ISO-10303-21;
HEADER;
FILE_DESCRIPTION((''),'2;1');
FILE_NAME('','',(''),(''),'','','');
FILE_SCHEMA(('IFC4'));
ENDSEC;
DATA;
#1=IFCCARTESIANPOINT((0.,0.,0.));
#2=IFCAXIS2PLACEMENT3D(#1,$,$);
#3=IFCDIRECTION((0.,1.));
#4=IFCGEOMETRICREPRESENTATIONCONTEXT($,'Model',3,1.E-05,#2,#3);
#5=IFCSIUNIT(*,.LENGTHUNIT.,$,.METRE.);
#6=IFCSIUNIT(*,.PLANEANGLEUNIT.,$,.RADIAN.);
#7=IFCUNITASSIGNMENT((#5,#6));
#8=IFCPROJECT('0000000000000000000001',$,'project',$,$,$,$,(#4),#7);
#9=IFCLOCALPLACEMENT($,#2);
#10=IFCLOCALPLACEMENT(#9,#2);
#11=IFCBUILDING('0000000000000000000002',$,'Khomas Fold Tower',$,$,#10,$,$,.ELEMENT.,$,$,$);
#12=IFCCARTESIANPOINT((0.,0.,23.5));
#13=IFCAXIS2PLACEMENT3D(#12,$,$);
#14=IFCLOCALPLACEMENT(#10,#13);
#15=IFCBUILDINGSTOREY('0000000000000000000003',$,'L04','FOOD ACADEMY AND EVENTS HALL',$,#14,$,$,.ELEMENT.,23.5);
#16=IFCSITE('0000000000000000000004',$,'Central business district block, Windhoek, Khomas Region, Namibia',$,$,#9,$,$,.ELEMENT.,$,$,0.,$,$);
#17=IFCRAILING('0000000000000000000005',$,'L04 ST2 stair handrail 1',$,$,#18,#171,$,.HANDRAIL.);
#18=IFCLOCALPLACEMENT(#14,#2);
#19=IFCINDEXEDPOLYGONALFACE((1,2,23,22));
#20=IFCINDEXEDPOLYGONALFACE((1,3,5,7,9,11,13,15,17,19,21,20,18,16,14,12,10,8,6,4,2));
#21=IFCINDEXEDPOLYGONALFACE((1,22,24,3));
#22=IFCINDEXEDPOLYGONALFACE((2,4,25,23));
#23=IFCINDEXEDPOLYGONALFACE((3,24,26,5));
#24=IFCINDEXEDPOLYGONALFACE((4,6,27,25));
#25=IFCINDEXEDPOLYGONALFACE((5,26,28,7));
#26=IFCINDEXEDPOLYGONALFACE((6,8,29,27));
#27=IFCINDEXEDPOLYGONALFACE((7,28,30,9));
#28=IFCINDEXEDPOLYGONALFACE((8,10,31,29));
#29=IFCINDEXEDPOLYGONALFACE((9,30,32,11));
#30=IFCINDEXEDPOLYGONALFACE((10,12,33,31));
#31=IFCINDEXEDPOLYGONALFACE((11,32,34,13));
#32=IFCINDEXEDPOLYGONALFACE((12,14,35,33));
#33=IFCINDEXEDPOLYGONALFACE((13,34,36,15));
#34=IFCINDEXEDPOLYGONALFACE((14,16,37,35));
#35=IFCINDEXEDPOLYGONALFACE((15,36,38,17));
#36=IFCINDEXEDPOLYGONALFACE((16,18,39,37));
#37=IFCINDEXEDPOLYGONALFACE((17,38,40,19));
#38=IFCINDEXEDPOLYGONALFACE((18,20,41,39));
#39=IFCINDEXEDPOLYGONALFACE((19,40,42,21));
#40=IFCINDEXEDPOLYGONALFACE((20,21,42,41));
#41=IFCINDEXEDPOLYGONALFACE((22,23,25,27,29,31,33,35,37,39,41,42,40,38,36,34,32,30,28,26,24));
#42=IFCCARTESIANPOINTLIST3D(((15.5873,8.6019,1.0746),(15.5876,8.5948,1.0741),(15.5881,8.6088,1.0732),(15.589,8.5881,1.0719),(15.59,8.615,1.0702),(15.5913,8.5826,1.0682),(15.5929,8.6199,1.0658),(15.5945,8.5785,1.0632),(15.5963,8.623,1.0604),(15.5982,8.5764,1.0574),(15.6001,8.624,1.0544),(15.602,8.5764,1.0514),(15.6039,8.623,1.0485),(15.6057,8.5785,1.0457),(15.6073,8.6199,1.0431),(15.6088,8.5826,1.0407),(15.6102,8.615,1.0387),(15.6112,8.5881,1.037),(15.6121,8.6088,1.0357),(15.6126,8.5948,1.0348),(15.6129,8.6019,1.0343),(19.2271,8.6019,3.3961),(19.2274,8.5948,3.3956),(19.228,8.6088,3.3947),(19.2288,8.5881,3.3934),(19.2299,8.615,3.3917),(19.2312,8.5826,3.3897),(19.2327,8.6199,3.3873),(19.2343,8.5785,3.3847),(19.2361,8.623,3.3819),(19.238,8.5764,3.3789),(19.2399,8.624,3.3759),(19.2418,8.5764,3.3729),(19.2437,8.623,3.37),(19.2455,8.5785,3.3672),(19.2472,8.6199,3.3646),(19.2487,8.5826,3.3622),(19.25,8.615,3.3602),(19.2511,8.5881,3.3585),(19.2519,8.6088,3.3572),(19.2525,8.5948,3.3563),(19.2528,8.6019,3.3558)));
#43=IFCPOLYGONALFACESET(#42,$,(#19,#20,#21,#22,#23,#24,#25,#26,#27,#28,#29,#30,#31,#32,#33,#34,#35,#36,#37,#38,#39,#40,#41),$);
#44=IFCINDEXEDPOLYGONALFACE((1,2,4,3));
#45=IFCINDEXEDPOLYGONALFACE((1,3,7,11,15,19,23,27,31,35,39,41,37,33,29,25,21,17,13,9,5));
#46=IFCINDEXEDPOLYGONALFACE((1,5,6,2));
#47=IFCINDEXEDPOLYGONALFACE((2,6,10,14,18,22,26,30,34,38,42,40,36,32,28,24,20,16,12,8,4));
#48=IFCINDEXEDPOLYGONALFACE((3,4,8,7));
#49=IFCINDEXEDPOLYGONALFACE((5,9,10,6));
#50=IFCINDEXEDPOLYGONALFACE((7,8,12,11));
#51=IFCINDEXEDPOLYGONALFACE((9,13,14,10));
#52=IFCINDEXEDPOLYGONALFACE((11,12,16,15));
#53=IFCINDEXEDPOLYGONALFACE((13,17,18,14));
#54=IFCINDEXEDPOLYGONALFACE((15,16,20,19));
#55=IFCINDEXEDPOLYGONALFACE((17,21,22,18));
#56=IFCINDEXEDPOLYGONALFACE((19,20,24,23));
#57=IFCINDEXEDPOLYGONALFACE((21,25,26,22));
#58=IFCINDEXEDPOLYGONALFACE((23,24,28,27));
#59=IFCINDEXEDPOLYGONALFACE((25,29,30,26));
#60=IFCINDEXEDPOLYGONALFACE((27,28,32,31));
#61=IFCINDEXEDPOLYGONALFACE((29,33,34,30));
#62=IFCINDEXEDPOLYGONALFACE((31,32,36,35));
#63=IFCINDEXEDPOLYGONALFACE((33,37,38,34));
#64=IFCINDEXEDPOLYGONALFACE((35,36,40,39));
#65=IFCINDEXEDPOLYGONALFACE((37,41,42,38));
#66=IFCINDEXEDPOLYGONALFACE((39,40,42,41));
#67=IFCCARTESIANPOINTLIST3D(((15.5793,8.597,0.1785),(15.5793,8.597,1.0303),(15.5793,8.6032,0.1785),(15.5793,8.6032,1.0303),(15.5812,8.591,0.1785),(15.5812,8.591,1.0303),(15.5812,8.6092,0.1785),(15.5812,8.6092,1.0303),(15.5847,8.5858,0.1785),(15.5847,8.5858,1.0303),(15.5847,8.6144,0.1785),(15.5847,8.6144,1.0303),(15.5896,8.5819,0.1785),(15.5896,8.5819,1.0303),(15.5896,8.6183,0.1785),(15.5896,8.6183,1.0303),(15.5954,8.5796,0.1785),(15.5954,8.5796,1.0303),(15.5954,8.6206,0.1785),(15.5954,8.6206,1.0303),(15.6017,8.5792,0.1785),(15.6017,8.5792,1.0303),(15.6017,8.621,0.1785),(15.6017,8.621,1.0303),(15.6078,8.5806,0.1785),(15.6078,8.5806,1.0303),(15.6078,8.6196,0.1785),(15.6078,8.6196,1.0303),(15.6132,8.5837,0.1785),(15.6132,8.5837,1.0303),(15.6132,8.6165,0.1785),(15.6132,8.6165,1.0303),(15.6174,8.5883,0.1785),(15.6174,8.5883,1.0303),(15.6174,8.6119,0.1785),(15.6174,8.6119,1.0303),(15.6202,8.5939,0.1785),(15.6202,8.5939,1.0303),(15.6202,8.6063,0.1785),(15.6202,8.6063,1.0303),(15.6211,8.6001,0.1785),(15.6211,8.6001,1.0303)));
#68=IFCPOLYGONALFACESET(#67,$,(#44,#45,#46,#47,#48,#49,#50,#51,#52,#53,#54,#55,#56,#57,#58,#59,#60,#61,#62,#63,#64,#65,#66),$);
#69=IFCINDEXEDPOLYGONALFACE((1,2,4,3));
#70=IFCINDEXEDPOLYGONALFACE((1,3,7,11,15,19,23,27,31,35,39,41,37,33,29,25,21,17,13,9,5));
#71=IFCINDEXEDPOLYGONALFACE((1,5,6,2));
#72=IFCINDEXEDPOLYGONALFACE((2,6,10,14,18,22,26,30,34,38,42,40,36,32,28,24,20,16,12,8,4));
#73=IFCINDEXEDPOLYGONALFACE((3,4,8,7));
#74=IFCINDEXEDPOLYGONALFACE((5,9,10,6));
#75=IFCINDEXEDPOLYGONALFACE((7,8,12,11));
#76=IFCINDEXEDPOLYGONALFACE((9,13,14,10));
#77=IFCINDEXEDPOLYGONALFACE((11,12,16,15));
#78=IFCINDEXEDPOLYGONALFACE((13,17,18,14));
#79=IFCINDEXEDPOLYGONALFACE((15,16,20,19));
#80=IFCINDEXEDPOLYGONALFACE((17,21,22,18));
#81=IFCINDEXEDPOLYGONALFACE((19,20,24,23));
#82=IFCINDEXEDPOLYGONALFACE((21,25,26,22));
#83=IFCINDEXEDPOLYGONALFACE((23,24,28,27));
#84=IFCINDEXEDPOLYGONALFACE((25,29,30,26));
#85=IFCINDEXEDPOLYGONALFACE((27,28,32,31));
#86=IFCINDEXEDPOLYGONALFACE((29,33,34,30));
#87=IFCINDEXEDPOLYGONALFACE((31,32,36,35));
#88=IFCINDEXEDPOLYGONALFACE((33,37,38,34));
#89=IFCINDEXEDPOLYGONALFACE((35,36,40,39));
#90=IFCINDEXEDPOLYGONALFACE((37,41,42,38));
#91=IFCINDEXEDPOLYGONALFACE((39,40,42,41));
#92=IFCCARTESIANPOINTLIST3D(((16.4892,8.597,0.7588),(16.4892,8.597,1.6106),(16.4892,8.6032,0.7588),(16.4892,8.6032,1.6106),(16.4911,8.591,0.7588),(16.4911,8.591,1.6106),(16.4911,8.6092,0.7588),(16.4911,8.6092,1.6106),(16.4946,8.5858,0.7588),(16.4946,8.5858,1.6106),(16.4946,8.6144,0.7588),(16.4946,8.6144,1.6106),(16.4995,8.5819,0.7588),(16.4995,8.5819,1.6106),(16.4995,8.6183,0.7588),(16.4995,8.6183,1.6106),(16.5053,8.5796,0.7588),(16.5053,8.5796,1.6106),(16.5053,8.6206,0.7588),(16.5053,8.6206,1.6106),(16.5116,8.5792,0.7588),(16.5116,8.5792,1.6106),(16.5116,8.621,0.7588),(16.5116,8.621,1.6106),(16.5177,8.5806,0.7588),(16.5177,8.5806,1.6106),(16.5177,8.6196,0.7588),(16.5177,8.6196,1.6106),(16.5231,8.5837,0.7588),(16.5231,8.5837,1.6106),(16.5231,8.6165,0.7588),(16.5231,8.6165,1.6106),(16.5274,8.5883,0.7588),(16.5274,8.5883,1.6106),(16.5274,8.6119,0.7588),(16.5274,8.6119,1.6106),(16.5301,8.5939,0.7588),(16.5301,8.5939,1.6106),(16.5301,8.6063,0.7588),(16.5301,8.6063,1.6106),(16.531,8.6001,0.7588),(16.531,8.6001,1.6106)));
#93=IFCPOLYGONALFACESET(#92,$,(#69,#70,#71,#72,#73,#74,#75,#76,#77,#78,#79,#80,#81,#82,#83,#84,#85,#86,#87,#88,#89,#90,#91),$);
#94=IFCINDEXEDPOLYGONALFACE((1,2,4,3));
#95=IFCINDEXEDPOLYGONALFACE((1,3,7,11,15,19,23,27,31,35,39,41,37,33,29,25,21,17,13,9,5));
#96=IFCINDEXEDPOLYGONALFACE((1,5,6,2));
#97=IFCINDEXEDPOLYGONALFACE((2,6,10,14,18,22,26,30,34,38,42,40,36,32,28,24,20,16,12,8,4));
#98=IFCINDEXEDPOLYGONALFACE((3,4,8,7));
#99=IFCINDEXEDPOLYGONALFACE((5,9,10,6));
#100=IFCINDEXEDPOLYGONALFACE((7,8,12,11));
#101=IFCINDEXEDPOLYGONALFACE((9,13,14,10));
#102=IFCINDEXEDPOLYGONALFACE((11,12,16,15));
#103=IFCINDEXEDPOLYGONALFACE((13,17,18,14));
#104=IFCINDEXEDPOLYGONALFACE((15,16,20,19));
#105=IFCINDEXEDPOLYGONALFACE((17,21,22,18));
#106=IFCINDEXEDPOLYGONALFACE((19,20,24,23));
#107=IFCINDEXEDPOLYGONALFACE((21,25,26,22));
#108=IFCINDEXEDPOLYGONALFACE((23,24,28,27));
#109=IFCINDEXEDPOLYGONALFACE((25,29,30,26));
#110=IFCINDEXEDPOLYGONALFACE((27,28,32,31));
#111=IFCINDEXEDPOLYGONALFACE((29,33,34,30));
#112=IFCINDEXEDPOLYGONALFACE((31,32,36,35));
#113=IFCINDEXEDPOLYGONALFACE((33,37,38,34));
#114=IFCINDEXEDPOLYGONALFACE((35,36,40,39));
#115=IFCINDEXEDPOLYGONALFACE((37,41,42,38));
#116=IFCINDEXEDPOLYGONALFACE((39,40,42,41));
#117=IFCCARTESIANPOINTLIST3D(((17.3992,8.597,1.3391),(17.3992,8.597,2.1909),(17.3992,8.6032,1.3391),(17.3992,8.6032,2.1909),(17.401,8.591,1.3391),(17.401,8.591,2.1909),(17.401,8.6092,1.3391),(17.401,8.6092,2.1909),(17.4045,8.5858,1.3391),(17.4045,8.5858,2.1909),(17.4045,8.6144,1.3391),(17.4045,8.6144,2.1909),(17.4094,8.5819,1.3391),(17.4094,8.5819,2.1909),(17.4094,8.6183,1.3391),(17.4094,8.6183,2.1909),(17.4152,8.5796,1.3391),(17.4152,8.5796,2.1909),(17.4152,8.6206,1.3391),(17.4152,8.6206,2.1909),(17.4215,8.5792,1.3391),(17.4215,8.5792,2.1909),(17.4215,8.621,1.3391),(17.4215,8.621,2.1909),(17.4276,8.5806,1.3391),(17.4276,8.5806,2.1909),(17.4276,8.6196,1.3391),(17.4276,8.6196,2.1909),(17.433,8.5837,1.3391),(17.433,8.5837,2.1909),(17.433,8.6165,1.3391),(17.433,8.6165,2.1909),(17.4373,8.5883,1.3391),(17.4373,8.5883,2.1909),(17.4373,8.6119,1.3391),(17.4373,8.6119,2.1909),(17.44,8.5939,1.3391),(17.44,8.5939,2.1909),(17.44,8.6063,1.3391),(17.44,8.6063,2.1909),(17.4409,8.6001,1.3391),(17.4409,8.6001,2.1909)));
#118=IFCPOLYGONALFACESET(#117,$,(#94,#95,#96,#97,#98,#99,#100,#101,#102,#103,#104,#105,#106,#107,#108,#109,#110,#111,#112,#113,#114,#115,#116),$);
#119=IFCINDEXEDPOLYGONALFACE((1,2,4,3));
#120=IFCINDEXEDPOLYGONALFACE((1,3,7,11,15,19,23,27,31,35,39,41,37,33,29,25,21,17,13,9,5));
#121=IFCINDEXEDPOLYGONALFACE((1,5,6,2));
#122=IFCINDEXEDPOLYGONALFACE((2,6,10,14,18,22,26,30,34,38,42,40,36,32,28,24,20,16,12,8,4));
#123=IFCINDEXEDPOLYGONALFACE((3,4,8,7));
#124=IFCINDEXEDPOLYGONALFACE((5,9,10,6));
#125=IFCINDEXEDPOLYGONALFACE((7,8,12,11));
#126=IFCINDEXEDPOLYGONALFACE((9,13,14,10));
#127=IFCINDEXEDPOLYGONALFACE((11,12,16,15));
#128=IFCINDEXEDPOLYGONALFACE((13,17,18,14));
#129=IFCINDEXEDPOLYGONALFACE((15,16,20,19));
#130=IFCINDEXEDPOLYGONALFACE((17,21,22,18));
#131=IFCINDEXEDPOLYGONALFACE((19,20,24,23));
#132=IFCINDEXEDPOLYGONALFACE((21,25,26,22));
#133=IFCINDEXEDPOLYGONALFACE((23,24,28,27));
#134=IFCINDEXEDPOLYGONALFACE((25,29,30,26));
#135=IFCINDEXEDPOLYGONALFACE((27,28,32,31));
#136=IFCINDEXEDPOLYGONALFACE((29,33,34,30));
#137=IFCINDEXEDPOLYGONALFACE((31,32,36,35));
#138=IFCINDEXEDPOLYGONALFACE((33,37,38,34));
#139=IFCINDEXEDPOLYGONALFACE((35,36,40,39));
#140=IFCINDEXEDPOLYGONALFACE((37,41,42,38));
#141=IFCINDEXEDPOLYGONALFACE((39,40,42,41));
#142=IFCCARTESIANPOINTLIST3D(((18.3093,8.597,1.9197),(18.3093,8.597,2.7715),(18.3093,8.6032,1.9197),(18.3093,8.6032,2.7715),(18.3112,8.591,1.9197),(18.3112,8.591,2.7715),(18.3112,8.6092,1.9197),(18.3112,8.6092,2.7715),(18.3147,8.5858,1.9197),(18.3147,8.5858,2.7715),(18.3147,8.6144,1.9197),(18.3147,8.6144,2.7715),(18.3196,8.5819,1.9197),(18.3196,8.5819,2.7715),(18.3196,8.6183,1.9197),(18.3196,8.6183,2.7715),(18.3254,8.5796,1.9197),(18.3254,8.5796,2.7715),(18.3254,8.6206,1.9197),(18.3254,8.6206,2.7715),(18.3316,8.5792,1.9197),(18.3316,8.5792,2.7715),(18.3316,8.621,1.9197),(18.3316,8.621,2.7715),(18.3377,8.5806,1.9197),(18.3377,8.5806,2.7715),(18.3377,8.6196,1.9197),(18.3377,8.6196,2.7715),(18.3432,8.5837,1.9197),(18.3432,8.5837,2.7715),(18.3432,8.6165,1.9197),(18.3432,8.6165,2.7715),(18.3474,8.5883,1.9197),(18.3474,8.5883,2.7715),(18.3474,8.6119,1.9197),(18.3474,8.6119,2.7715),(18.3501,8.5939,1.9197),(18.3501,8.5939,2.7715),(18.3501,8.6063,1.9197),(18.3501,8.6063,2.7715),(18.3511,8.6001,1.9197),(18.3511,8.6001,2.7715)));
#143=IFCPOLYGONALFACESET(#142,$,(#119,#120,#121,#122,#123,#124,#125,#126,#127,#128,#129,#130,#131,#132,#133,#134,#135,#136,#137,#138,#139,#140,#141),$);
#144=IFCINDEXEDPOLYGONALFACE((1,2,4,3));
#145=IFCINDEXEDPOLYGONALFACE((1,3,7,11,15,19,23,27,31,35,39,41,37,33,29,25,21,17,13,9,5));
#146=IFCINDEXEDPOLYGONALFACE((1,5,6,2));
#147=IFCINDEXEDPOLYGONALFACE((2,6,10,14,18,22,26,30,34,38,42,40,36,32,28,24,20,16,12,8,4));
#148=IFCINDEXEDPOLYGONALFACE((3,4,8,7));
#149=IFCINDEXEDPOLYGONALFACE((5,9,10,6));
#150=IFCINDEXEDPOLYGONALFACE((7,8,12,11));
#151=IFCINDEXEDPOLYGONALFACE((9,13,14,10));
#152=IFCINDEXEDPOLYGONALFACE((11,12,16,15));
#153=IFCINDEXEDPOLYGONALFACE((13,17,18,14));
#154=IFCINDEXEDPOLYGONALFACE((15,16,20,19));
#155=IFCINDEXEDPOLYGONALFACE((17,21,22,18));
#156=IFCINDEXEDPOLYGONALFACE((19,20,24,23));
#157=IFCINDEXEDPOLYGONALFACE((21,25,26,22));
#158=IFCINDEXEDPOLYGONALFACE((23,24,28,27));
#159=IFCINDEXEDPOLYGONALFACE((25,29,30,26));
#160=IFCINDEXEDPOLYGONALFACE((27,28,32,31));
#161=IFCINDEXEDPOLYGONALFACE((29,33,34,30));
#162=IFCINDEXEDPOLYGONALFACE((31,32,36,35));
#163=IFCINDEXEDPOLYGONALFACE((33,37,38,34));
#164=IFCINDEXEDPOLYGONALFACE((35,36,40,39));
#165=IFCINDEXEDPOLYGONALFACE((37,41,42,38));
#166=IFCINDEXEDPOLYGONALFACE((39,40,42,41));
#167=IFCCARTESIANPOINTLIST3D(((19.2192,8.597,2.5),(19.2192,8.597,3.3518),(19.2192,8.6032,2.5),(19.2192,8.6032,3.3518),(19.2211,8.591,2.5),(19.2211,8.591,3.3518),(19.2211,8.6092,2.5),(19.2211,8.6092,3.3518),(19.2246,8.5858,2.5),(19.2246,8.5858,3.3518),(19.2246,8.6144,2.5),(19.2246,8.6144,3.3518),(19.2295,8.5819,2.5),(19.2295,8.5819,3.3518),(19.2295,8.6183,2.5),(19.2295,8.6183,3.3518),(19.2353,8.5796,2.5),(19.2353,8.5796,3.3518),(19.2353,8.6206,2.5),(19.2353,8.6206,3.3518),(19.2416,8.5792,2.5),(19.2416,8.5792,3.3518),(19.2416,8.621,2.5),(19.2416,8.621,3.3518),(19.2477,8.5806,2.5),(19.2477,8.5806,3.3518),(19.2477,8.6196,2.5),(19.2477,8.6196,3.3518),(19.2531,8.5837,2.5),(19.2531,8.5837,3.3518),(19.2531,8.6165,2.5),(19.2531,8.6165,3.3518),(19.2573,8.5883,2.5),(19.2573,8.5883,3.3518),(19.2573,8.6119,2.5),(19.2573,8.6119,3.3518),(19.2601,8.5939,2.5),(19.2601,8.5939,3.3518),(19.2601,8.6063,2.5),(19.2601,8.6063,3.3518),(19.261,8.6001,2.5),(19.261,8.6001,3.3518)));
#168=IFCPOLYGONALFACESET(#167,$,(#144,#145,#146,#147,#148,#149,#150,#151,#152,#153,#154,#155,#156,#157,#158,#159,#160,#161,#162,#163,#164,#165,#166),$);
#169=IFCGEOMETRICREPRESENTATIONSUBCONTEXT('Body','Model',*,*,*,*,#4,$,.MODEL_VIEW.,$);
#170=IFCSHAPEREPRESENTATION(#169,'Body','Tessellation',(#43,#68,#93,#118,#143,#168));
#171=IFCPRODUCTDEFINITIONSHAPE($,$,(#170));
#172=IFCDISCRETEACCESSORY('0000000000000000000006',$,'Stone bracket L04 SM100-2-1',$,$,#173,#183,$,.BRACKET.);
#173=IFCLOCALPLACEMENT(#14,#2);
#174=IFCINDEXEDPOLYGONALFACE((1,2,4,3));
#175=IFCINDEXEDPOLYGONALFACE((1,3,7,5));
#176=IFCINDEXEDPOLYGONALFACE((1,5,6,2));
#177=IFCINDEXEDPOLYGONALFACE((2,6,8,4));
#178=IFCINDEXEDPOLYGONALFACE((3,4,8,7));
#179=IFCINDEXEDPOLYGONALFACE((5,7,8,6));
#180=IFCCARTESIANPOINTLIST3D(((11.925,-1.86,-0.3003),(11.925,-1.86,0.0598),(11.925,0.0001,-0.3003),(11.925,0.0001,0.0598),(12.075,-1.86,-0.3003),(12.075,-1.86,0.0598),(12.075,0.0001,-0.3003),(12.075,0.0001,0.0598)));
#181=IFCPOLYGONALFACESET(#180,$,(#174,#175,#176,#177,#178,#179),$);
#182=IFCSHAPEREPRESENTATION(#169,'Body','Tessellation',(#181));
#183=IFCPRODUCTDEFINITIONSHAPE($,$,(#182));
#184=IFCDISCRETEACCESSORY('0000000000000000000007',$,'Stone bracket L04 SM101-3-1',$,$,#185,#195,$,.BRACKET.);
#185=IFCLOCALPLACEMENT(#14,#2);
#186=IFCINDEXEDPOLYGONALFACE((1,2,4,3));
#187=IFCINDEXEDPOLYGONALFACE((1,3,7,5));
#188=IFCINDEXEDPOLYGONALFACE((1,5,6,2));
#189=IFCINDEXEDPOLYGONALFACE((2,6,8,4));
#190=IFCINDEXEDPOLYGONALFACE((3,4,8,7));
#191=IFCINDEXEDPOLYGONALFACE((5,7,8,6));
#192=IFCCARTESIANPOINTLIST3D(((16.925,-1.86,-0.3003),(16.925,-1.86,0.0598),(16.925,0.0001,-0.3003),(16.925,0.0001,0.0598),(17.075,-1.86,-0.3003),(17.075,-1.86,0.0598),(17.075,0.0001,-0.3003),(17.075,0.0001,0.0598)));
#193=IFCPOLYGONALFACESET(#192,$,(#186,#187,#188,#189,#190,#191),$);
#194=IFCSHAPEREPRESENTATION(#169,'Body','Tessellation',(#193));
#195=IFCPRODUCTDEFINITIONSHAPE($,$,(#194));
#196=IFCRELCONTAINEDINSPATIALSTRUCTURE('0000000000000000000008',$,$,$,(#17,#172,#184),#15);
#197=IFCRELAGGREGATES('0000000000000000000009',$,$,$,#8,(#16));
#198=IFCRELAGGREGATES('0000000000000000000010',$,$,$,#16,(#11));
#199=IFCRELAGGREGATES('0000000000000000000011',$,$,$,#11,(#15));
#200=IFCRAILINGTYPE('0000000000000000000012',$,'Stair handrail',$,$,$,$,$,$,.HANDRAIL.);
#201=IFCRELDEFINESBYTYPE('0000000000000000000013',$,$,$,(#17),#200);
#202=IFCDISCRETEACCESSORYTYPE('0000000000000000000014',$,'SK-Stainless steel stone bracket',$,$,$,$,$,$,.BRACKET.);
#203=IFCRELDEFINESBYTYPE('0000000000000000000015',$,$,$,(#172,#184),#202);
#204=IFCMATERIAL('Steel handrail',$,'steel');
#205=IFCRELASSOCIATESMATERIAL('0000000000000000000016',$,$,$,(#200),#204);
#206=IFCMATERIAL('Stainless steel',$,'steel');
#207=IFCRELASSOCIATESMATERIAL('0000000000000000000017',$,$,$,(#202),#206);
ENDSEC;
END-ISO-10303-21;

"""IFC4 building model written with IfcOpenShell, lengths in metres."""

from ifc_helpers import new_model, si_unit, direction, frame, origin, origin_2d, place, context, subcontext, project, spatial, rectangle, circle, extrude, source, transform, mapped, material, type_object, element, save


model = new_model("IFC4")

# Units and contexts
model_context = context("Model", 3, precision=1e-05, world=origin(), true_north=direction((0.0, 1.0)))
body_context = subcontext(model_context, "Body", "Model", "MODEL_VIEW")
ifc_project = project(units=[si_unit("LENGTHUNIT", "METRE"), si_unit("PLANEANGLEUNIT", "RADIAN")], contexts=[model_context])

# Site, building, storey
site_placement = place(None, origin())
site = spatial("IfcSite", under=ifc_project, at=site_placement, Name="Central business district block, Windhoek, Khomas Region, Namibia", CompositionType="ELEMENT", RefElevation=0.0)
building_placement = place(site_placement, origin())
building = spatial("IfcBuilding", under=site, at=building_placement, Name="Khomas Fold Tower", CompositionType="ELEMENT")
storey_placement = place(building_placement, frame((0.0, 0.0, 23.5)))
storey = spatial("IfcBuildingStorey", under=building, at=storey_placement, Name="L04", Description="FOOD ACADEMY AND EVENTS HALL", CompositionType="ELEMENT", Elevation=23.5)

# Railing
ifc_material_1 = material(Name="Steel handrail", Category="steel")
railing_type_1 = type_object("IfcRailingType", Name="Stair handrail", PredefinedType="HANDRAIL", material=ifc_material_1)
shared_shape_1 = source(origin(), body_context, "Body", "SweptSolid", [
    extrude(circle(Radius=0.0239, at=origin_2d()), frame((0.0, 0.0, 0.876), z_axis=(0.843112, 0.0, 0.537739), x_axis=(0.0, 1.0, 0.0)), (0.0, 0.0, 1.0), 4.3171),
    extrude(circle(Radius=0.021, at=origin_2d()), origin(), (0.0, 0.0, 1.0), 0.8518),
    extrude(circle(Radius=0.021, at=origin_2d()), frame((0.9099, 0.0, 0.5803)), (0.0, 0.0, 1.0), 0.8518),
    extrude(circle(Radius=0.021, at=origin_2d()), frame((1.8198, 0.0, 1.1606)), (0.0, 0.0, 1.0), 0.8518),
    extrude(circle(Radius=0.021, at=origin_2d()), frame((2.73, 0.0, 1.7412)), (0.0, 0.0, 1.0), 0.8518),
    extrude(circle(Radius=0.021, at=origin_2d()), frame((3.6399, 0.0, 2.3215)), (0.0, 0.0, 1.0), 0.8518),
])
railing_1_placement = place(storey_placement, frame((15.6001, 8.6001, 0.1785)))
element("IfcRailing", 1, at=railing_1_placement, inside=storey, type_object=railing_type_1, Name="L04 ST2 stair handrail 1", PredefinedType="HANDRAIL", context=body_context, shape_type="MappedRepresentation", body=[
    mapped(shared_shape_1, transform((0.0, 0.0, 0.0))),
])

# Discrete accessories
ifc_material_2 = material(Name="Stainless steel", Category="steel")
discrete_accessory_type = type_object("IfcDiscreteAccessoryType", Name="SK-Stainless steel stone bracket", PredefinedType="BRACKET", material=ifc_material_2)
shared_shape_2 = source(origin(), body_context, "Body", "SweptSolid", [
    extrude(rectangle(XDim=1.8601, YDim=0.1499, at=origin_2d()), origin(), (0.0, 0.0, 1.0), 0.3601),
])
for number, where, z_axis, x_axis, name in (
    (2, (12.0, -0.9299, -0.3003), (0.0, 0.0, 1.0), (0.0, -1.0, 0.0), "Stone bracket L04 SM100-2-1"),
    (3, (17.0, -0.9299, -0.3003), (0.0, 0.0, 1.0), (0.0, -1.0, 0.0), "Stone bracket L04 SM101-3-1"),
):
    element("IfcDiscreteAccessory", number, at=place(storey_placement, frame(where, z_axis=z_axis, x_axis=x_axis)), inside=storey, type_object=discrete_accessory_type, Name=name, PredefinedType="BRACKET", context=body_context, shape_type="MappedRepresentation", body=[
        mapped(shared_shape_2, transform((0.0, 0.0, 0.0))),
    ])

save(model, "model.ifc")
